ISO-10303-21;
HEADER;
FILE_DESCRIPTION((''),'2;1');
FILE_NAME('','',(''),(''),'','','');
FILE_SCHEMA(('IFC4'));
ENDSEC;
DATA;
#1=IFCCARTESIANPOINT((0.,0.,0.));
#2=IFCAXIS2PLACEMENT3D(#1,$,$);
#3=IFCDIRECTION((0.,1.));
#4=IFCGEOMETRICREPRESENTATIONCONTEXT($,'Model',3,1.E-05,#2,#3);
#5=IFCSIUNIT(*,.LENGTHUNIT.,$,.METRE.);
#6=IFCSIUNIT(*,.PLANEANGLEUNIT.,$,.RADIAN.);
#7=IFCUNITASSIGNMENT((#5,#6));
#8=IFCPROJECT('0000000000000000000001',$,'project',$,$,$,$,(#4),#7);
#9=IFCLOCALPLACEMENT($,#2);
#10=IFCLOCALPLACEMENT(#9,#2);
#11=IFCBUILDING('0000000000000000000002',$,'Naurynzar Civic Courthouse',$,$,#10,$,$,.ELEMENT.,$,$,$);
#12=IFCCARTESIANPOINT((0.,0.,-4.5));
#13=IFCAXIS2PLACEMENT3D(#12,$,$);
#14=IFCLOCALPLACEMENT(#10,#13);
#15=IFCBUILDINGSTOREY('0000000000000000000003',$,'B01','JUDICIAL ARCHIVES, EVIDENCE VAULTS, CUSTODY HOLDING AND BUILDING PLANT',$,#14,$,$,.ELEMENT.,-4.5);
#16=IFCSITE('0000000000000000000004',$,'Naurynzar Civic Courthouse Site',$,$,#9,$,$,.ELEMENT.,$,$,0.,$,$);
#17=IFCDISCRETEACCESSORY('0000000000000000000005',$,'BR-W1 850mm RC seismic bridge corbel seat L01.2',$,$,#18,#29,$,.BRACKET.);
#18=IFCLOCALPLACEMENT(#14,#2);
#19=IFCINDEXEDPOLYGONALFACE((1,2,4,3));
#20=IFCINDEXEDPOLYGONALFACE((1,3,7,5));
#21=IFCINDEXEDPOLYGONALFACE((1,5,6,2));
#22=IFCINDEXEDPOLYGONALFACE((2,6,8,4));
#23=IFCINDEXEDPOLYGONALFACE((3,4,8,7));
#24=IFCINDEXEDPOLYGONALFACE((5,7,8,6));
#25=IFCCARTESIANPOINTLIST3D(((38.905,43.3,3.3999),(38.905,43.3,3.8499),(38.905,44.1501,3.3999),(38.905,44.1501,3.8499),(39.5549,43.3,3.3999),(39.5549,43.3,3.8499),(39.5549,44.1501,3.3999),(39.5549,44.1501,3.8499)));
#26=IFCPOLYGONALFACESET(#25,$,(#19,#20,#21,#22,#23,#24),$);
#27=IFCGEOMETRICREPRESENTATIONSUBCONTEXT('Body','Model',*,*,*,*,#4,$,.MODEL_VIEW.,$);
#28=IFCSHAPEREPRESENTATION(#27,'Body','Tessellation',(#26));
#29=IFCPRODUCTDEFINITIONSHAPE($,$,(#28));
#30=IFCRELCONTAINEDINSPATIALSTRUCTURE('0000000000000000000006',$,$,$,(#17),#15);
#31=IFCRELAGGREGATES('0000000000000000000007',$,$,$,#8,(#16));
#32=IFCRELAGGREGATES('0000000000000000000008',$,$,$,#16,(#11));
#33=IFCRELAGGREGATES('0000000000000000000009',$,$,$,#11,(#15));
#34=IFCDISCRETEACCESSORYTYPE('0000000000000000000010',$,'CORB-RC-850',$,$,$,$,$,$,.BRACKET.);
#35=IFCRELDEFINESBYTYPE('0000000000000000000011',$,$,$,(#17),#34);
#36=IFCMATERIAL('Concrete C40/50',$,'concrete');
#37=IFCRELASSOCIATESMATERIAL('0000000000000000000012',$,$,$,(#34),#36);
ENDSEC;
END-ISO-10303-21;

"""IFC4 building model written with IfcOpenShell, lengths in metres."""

from ifc_helpers import new_model, si_unit, direction, frame, origin, origin_2d, place, context, subcontext, project, spatial, rectangle, extrude, material, type_object, element, save


model = new_model("IFC4")

# Units and contexts
model_context = context("Model", 3, precision=1e-05, world=origin(), true_north=direction((0.0, 1.0)))
body_context = subcontext(model_context, "Body", "Model", "MODEL_VIEW")
ifc_project = project(units=[si_unit("LENGTHUNIT", "METRE"), si_unit("PLANEANGLEUNIT", "RADIAN")], contexts=[model_context])

# Site, building, storey
site_placement = place(None, origin())
site = spatial("IfcSite", under=ifc_project, at=site_placement, Name="Naurynzar Civic Courthouse Site", CompositionType="ELEMENT", RefElevation=0.0)
building_placement = place(site_placement, origin())
building = spatial("IfcBuilding", under=site, at=building_placement, Name="Naurynzar Civic Courthouse", CompositionType="ELEMENT")
storey_placement = place(building_placement, frame((0.0, 0.0, -4.5)))
storey = spatial("IfcBuildingStorey", under=building, at=storey_placement, Name="B01", Description="JUDICIAL ARCHIVES, EVIDENCE VAULTS, CUSTODY HOLDING AND BUILDING PLANT", CompositionType="ELEMENT", Elevation=-4.5)

# Discrete accessory
ifc_material_1 = material(Name="Concrete C40/50", Category="concrete")
discrete_accessory_type_1 = type_object("IfcDiscreteAccessoryType", Name="CORB-RC-850", PredefinedType="BRACKET", material=ifc_material_1)
for number, where, z_axis, x_axis, name in (
    (1, (39.23, 43.7251, 3.3999), (0.0, 0.0, 1.0), (1.0, 0.0, 0.0), "BR-W1 850mm RC seismic bridge corbel seat L01.2"),
):
    element("IfcDiscreteAccessory", number, at=place(storey_placement, frame(where, z_axis=z_axis, x_axis=x_axis)), inside=storey, type_object=discrete_accessory_type_1, Name=name, PredefinedType="BRACKET", context=body_context, shape_type="SweptSolid", body=[
        extrude(rectangle(XDim=0.6499, YDim=0.8501, at=origin_2d()), origin(), (0.0, 0.0, 1.0), 0.45),
    ])

save(model, "model.ifc")
